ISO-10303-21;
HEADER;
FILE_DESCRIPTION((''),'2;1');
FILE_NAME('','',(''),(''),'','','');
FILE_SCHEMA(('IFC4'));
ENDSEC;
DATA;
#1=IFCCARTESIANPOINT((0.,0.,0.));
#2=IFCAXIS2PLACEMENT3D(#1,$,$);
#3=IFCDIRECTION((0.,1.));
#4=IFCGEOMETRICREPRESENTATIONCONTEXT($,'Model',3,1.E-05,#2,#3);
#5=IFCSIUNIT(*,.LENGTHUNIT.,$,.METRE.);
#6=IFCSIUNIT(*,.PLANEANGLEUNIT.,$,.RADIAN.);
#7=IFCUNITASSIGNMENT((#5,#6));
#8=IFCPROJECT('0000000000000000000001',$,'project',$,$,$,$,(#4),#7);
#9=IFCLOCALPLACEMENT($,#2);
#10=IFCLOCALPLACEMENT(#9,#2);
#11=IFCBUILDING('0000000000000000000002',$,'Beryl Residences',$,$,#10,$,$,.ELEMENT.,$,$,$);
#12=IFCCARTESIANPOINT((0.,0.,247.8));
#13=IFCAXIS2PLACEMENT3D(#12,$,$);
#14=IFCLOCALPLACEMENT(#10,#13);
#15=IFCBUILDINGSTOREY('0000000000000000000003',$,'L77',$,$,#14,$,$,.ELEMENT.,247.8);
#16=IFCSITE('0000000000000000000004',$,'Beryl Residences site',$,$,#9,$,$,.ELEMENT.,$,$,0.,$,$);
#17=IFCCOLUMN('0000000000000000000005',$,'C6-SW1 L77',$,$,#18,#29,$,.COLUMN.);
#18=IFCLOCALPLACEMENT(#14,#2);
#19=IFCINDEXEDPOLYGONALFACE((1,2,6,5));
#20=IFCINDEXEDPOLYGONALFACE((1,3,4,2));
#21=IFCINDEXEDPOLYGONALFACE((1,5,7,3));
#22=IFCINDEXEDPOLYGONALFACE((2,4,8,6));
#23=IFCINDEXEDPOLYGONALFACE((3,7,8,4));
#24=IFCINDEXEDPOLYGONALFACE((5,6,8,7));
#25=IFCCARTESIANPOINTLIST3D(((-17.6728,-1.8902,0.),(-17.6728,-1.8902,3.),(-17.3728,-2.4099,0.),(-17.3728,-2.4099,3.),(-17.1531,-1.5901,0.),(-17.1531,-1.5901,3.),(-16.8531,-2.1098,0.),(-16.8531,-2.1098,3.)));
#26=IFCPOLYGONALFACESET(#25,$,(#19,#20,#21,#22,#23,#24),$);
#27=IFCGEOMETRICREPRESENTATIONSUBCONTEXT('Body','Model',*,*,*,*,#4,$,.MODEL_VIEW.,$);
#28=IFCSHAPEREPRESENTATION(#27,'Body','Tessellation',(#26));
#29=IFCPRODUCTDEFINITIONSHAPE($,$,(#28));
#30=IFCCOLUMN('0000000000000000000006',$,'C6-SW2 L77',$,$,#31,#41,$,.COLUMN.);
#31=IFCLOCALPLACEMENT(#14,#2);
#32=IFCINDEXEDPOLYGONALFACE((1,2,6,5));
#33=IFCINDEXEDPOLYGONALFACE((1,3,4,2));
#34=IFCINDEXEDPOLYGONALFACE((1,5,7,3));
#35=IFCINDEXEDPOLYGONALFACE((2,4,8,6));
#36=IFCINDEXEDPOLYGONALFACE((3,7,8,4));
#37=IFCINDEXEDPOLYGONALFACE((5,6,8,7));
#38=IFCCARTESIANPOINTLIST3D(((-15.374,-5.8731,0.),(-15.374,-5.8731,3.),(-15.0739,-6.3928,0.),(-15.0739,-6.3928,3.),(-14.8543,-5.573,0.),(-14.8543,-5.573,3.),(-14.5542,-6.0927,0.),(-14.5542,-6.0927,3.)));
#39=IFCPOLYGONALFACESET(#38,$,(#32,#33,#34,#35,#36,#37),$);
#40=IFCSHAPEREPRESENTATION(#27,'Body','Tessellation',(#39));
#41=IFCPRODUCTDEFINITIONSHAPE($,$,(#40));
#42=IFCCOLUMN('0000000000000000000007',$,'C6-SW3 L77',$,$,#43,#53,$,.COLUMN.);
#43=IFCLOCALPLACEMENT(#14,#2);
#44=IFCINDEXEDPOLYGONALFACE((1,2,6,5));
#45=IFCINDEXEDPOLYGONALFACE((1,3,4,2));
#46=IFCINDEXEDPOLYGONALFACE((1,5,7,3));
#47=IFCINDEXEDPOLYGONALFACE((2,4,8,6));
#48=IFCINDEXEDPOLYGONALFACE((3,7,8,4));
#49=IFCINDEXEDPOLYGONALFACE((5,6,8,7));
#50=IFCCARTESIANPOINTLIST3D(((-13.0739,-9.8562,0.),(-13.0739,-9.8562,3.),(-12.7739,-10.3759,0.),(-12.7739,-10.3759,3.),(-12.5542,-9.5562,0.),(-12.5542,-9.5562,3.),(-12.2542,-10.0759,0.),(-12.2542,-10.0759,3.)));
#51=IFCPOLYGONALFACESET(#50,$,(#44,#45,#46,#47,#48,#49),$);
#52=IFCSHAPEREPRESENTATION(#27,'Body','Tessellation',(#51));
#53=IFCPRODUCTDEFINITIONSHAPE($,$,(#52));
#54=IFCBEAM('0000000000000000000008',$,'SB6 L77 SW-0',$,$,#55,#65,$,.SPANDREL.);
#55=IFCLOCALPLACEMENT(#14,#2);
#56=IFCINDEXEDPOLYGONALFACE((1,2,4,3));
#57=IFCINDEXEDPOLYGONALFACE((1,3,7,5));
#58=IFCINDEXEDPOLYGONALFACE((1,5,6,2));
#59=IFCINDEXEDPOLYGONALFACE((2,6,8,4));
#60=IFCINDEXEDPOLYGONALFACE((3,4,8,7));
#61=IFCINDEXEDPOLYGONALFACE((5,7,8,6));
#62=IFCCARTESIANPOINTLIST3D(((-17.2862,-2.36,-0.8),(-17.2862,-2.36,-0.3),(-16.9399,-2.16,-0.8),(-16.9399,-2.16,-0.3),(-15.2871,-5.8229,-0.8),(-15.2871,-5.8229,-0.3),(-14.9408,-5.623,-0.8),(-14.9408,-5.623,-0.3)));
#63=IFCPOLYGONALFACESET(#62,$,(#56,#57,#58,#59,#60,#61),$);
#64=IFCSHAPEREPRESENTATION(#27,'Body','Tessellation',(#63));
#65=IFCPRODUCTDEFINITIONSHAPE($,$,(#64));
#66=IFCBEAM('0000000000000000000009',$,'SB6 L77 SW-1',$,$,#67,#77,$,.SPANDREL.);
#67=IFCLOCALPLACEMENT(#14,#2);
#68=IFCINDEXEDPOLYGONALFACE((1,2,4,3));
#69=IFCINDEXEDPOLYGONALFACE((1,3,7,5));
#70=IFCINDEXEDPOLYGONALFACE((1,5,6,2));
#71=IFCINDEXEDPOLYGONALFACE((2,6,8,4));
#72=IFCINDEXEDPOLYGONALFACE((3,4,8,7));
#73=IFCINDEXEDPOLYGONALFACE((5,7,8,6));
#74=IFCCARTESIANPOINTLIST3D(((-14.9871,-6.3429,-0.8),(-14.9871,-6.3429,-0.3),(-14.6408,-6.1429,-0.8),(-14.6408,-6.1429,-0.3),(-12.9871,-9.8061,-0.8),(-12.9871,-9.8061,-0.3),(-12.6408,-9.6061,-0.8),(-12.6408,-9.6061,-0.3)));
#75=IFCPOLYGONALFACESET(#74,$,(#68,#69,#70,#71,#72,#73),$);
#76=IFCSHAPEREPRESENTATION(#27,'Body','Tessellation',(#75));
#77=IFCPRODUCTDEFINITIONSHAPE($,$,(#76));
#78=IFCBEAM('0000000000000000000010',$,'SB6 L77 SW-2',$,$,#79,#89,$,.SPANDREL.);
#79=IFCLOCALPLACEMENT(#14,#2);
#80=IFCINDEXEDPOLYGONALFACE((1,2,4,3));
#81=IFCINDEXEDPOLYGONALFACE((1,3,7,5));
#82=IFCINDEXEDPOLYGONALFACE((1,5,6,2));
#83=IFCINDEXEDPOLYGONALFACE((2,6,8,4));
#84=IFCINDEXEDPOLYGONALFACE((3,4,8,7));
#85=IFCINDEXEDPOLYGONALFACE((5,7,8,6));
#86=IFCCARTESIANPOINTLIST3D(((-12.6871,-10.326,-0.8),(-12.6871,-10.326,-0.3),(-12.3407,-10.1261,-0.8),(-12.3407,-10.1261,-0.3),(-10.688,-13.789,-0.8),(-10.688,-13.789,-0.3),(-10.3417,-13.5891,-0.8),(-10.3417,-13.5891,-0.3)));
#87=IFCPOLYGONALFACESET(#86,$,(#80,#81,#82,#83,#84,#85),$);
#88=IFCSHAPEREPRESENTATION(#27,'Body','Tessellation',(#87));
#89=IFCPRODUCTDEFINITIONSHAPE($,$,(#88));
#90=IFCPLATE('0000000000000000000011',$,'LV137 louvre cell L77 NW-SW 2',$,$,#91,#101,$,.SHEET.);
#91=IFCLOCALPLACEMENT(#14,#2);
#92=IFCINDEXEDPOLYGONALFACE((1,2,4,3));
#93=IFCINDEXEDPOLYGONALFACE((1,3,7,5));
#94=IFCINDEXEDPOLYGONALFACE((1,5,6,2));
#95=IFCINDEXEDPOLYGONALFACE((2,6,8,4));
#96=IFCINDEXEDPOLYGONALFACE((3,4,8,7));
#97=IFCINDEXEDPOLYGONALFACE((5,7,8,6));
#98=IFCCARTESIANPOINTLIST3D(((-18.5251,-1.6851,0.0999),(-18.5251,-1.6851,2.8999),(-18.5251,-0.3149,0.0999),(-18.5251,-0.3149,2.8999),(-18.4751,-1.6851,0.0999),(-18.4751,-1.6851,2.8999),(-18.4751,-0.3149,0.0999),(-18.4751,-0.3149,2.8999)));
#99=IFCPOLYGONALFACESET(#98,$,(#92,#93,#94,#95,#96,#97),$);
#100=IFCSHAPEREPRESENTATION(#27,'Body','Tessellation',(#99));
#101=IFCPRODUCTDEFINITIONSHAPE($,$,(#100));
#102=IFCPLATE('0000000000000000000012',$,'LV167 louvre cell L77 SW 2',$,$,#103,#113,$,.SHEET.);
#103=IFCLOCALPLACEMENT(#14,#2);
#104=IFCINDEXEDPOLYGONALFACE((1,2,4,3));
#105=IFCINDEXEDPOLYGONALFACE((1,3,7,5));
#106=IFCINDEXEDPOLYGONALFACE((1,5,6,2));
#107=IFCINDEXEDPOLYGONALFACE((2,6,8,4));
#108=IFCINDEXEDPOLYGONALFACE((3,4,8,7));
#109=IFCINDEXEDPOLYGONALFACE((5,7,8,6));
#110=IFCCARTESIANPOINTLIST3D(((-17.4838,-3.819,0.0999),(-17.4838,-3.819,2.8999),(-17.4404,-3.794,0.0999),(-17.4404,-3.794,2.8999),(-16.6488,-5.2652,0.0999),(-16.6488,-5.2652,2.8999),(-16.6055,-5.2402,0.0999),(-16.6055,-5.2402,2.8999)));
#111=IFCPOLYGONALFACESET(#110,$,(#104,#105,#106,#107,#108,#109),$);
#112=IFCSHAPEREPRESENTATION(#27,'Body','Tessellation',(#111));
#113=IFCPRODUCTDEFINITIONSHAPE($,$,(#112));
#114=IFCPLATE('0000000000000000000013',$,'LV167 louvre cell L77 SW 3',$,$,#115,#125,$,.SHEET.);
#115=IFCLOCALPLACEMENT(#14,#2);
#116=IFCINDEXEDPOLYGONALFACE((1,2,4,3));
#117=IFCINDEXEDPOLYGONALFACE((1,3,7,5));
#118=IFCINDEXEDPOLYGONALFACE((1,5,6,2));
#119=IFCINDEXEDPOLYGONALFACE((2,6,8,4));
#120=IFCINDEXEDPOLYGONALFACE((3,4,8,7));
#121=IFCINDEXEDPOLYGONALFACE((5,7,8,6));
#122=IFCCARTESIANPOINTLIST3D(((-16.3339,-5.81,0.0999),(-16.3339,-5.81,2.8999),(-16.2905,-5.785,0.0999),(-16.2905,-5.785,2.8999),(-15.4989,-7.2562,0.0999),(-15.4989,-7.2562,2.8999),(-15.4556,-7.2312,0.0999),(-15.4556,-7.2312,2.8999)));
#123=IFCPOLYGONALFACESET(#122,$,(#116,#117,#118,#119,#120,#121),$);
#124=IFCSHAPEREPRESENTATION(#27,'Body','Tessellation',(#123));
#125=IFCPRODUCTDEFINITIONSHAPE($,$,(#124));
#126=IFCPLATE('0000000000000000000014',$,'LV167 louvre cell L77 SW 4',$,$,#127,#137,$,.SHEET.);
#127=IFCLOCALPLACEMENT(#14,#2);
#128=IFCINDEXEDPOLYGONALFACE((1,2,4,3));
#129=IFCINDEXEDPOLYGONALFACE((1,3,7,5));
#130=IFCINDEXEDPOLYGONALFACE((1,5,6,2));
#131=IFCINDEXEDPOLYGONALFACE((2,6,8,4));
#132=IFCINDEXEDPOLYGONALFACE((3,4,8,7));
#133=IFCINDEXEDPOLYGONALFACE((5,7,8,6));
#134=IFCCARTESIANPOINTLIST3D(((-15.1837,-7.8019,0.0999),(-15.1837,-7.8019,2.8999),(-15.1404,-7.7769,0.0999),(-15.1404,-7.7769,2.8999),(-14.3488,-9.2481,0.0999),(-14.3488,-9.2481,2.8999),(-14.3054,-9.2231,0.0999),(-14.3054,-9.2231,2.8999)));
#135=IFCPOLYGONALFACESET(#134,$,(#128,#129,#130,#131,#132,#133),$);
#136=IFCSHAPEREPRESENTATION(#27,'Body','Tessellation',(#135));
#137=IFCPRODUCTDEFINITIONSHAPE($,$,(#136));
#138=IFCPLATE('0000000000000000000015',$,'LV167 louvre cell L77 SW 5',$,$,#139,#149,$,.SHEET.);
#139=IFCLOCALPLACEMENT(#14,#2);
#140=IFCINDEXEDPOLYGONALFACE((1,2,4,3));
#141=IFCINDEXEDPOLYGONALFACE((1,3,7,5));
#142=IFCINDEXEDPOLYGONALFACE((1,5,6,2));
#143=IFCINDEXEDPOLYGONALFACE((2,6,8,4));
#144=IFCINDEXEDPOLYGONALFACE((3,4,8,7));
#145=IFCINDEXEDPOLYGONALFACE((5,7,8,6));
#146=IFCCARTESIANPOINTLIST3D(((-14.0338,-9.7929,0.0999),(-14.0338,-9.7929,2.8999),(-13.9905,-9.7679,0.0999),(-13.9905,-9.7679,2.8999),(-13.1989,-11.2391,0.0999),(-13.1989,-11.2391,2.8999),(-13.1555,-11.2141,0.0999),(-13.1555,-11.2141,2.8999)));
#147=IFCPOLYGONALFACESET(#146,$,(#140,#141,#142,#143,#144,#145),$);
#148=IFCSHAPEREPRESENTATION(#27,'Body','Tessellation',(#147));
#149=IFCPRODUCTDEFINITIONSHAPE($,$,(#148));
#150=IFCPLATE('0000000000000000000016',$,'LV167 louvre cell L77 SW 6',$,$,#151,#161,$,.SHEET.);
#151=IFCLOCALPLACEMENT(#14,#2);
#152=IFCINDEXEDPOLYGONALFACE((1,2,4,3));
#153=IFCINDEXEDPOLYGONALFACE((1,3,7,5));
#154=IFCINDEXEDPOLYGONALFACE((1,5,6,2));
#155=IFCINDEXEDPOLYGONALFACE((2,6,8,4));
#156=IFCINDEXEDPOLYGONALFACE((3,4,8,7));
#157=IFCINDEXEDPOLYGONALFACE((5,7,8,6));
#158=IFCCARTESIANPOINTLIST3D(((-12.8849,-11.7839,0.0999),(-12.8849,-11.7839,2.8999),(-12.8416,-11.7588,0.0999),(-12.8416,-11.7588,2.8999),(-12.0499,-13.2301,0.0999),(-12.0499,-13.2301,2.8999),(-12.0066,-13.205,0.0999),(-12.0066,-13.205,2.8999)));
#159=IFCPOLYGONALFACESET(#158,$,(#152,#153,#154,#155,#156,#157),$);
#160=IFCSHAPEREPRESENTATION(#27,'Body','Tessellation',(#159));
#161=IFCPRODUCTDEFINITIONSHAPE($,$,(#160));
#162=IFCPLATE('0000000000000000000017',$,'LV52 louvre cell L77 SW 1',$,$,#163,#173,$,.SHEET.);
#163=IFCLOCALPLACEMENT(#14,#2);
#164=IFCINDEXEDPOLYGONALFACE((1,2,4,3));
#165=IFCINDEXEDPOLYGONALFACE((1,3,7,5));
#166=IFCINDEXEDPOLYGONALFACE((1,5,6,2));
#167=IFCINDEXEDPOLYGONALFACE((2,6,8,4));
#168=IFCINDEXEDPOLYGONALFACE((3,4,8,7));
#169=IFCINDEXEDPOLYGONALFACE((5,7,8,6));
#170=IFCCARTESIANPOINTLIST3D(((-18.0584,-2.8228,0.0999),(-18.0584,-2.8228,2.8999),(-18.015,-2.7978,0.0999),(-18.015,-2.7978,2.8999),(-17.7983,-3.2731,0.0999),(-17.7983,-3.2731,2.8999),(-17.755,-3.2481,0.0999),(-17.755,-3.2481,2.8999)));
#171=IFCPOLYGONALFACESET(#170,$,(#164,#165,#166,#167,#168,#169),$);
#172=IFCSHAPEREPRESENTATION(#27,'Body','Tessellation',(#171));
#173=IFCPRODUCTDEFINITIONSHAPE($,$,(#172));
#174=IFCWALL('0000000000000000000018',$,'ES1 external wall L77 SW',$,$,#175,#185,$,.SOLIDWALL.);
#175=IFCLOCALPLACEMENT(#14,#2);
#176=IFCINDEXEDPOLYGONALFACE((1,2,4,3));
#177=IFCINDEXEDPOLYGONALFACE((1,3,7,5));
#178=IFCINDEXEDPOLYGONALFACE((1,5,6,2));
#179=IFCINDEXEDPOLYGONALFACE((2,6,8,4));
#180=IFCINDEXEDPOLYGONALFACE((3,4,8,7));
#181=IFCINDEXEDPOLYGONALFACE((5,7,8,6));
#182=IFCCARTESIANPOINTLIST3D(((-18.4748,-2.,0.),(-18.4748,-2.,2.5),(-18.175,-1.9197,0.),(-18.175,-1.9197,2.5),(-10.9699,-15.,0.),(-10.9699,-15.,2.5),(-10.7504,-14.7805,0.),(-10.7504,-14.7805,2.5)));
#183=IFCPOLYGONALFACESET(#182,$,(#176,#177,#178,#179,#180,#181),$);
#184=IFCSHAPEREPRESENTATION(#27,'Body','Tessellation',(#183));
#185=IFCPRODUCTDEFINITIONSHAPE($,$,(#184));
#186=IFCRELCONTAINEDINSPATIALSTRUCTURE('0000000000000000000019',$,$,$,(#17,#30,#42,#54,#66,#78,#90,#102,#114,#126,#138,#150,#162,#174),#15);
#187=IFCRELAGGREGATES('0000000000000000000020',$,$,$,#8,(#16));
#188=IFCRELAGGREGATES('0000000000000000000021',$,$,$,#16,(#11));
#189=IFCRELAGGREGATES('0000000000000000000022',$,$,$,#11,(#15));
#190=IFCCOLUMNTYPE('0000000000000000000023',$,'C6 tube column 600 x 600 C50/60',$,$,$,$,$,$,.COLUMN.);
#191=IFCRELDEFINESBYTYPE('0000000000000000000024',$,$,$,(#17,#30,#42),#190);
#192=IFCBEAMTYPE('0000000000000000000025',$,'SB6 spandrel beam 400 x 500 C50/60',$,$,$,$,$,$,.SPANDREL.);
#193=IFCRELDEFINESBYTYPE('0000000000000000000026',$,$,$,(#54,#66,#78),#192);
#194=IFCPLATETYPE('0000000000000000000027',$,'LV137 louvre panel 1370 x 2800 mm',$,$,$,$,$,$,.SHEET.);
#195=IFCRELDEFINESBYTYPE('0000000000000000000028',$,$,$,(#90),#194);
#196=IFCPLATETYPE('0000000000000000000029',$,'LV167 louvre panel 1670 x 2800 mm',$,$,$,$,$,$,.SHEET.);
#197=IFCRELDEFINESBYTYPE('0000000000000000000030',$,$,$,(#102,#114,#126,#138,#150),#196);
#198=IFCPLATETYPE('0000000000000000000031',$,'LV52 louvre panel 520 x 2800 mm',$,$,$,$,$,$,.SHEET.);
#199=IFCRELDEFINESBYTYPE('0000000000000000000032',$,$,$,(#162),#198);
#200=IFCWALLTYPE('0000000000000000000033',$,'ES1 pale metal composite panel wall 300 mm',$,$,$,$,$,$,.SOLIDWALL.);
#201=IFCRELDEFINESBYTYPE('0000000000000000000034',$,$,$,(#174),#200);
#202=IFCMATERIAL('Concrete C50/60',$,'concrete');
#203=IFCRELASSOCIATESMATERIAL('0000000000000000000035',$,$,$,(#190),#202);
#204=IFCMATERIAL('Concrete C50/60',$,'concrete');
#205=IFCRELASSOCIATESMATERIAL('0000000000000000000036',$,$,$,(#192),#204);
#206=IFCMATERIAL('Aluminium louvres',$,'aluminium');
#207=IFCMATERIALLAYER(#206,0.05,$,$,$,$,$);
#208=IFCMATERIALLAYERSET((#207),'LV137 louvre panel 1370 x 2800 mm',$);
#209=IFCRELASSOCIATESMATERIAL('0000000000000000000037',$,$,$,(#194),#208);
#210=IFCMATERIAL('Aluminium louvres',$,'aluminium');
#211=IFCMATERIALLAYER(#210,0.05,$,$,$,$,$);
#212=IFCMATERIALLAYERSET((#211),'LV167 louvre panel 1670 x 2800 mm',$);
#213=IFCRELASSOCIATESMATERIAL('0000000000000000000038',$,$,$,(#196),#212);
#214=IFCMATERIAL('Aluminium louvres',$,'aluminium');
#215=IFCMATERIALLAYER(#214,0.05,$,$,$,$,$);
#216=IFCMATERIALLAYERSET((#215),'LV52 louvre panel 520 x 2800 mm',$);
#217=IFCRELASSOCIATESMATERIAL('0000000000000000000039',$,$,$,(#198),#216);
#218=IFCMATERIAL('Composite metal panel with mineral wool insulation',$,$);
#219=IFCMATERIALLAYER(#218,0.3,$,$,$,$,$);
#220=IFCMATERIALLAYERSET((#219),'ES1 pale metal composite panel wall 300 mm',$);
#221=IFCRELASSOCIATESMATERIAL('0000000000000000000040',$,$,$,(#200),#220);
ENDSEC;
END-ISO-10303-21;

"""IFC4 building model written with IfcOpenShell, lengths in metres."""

from ifc_helpers import new_model, si_unit, direction, frame, origin, origin_2d, place, context, subcontext, project, spatial, polyline, rectangle, outline, extrude, source, transform, mapped, material, layer, layer_set, material_profile, profile_set, type_object, type_shapes, element, save


model = new_model("IFC4")

# Units and contexts
model_context = context("Model", 3, precision=1e-05, world=origin(), true_north=direction((0.0, 1.0)))
body_context = subcontext(model_context, "Body", "Model", "MODEL_VIEW")
ifc_project = project(units=[si_unit("LENGTHUNIT", "METRE"), si_unit("PLANEANGLEUNIT", "RADIAN")], contexts=[model_context])

# Site, building, storey
site_placement = place(None, origin())
site = spatial("IfcSite", under=ifc_project, at=site_placement, Name="Beryl Residences site", CompositionType="ELEMENT", RefElevation=0.0)
building_placement = place(site_placement, origin())
building = spatial("IfcBuilding", under=site, at=building_placement, Name="Beryl Residences", CompositionType="ELEMENT")
storey_placement = place(building_placement, frame((0.0, 0.0, 247.8)))
storey = spatial("IfcBuildingStorey", under=building, at=storey_placement, Name="L77", CompositionType="ELEMENT", Elevation=247.8)

# Columns
ifc_material_1 = material(Name="Concrete C50/60", Category="concrete")
ifc_material_profile_1 = material_profile(ifc_material_1, rectangle(XDim=0.6001, YDim=0.6001, at=origin_2d()))
ifc_profile_set_1 = profile_set([ifc_material_profile_1], Name="Concrete C50/60")
column_type = type_object("IfcColumnType", Name="C6 tube column 600 x 600 C50/60", PredefinedType="COLUMN", material=ifc_profile_set_1)
for number, where, z_axis, x_axis, name in (
    (1, (-17.2629, -2.0, 0.0), (0.0, 0.0, 1.0), (0.5, -0.866025, 0.0), "C6-SW1 L77"),
    (2, (-14.9641, -5.9829, 0.0), (0.0, 0.0, 1.0), (0.5, -0.866025, 0.0), "C6-SW2 L77"),
    (3, (-12.6641, -9.9661, 0.0), (0.0, 0.0, 1.0), (0.5, -0.866025, 0.0), "C6-SW3 L77"),
):
    element("IfcColumn", number, at=place(storey_placement, frame(where, z_axis=z_axis, x_axis=x_axis)), inside=storey, type_object=column_type, Name=name, PredefinedType="COLUMN", context=body_context, shape_type="SweptSolid", body=[
        extrude(rectangle(XDim=0.6001, YDim=0.6001, at=origin_2d()), origin(), (0.0, 0.0, 1.0), 3.0),
    ])

# Beams
ifc_material_2 = material(Name="Concrete C50/60", Category="concrete")
ifc_material_profile_2 = material_profile(ifc_material_2, rectangle(XDim=0.3999, YDim=0.5, at=origin_2d()))
ifc_profile_set_2 = profile_set([ifc_material_profile_2], Name="Concrete C50/60")
beam_type = type_object("IfcBeamType", Name="SB6 spandrel beam 400 x 500 C50/60", PredefinedType="SPANDREL", material=ifc_profile_set_2)
beam_1_placement = place(storey_placement, frame((-17.113, -2.26, -0.55), z_axis=(0.499948, -0.866055, 0.0), x_axis=(0.866055, 0.499948, 0.0)))
element("IfcBeam", 4, at=beam_1_placement, inside=storey, type_object=beam_type, Name="SB6 L77 SW-0", PredefinedType="SPANDREL", context=body_context, shape_type="SweptSolid", body=[
    extrude(rectangle(XDim=0.3999, YDim=0.5, at=origin_2d()), origin(), (0.0, 0.0, 1.0), 3.9985),
])
beam_2_placement = place(storey_placement, frame((-14.814, -6.2429, -0.55), z_axis=(0.500105, -0.865965, 0.0), x_axis=(0.865965, 0.500105, 0.0)))
element("IfcBeam", 5, at=beam_2_placement, inside=storey, type_object=beam_type, Name="SB6 L77 SW-1", PredefinedType="SPANDREL", context=body_context, shape_type="SweptSolid", body=[
    extrude(rectangle(XDim=0.3999, YDim=0.5, at=origin_2d()), origin(), (0.0, 0.0, 1.0), 3.9993),
])
beam_3_placement = place(storey_placement, frame((-12.5139, -10.2261, -0.55), z_axis=(0.499948, -0.866055, 0.0), x_axis=(0.866055, 0.499948, 0.0)))
element("IfcBeam", 6, at=beam_3_placement, inside=storey, type_object=beam_type, Name="SB6 L77 SW-2", PredefinedType="SPANDREL", context=body_context, shape_type="SweptSolid", body=[
    extrude(rectangle(XDim=0.3999, YDim=0.5, at=origin_2d()), origin(), (0.0, 0.0, 1.0), 3.9985),
])

# Plates
ifc_material_3 = material(Name="Aluminium louvres", Category="aluminium")
ifc_layer_1 = layer(ifc_material_3, 0.05)
ifc_layer_set_1 = layer_set([ifc_layer_1], Name="LV137 louvre panel 1370 x 2800 mm")
plate_type_1 = type_object("IfcPlateType", Name="LV137 louvre panel 1370 x 2800 mm", PredefinedType="SHEET", material=ifc_layer_set_1)
shared_shape_1 = source(origin(), body_context, "Body", "SweptSolid", [
    extrude(outline(polyline([(-0.6851, 0.0), (0.6851, 0.0), (0.6851, 0.05), (-0.6851, 0.05), (-0.6851, 0.0)])), origin(), (0.0, 0.0, 1.0), 2.8),
])
type_shapes(plate_type_1, [shared_shape_1])
plate_1_placement = place(storey_placement, frame((-18.4751, -1.0, 0.0999), z_axis=(0.0, 0.0, 1.0), x_axis=(0.0, 1.0, 0.0)))
element("IfcPlate", 7, at=plate_1_placement, inside=storey, type_object=plate_type_1, Name="LV137 louvre cell L77 NW-SW 2", PredefinedType="SHEET", context=body_context, shape_type="MappedRepresentation", body=[
    mapped(shared_shape_1, transform((0.0, 0.0, 0.0))),
])
ifc_material_4 = material(Name="Aluminium louvres", Category="aluminium")
ifc_layer_2 = layer(ifc_material_4, 0.05)
ifc_layer_set_2 = layer_set([ifc_layer_2], Name="LV167 louvre panel 1670 x 2800 mm")
plate_type_2 = type_object("IfcPlateType", Name="LV167 louvre panel 1670 x 2800 mm", PredefinedType="SHEET", material=ifc_layer_set_2)
shared_shape_2 = source(origin(), body_context, "Body", "SweptSolid", [
    extrude(outline(polyline([(-0.835, 0.0), (0.835, 0.0), (0.835, 0.05), (-0.835, 0.05), (-0.835, 0.0)])), origin(), (0.0, 0.0, 1.0), 2.8),
])
type_shapes(plate_type_2, [shared_shape_2])
for number, where, z_axis, x_axis, name in (
    (8, (-17.0229, -4.5171, 0.0999), (0.0, 0.0, 1.0), (-0.5, 0.866025, 0.0), "LV167 louvre cell L77 SW 2"),
    (9, (-15.873, -6.5081, 0.0999), (0.0, 0.0, 1.0), (-0.5, 0.866025, 0.0), "LV167 louvre cell L77 SW 3"),
    (10, (-14.7229, -8.5, 0.0999), (0.0, 0.0, 1.0), (-0.5, 0.866025, 0.0), "LV167 louvre cell L77 SW 4"),
    (11, (-13.573, -10.491, 0.0999), (0.0, 0.0, 1.0), (-0.5, 0.866025, 0.0), "LV167 louvre cell L77 SW 5"),
    (12, (-12.4241, -12.4819, 0.0999), (0.0, 0.0, 1.0), (-0.5, 0.866025, 0.0), "LV167 louvre cell L77 SW 6"),
):
    element("IfcPlate", number, at=place(storey_placement, frame(where, z_axis=z_axis, x_axis=x_axis)), inside=storey, type_object=plate_type_2, Name=name, PredefinedType="SHEET", context=body_context, shape_type="MappedRepresentation", body=[
        mapped(shared_shape_2, transform((0.0, 0.0, 0.0))),
    ])
ifc_material_5 = material(Name="Aluminium louvres", Category="aluminium")
ifc_layer_3 = layer(ifc_material_5, 0.05)
ifc_layer_set_3 = layer_set([ifc_layer_3], Name="LV52 louvre panel 520 x 2800 mm")
plate_type_3 = type_object("IfcPlateType", Name="LV52 louvre panel 520 x 2800 mm", PredefinedType="SHEET", material=ifc_layer_set_3)
shared_shape_3 = source(origin(), body_context, "Body", "SweptSolid", [
    extrude(outline(polyline([(-0.26, 0.0), (0.26, 0.0), (0.26, 0.05), (-0.26, 0.05), (-0.26, 0.0)])), origin(), (0.0, 0.0, 1.0), 2.8),
])
type_shapes(plate_type_3, [shared_shape_3])
plate_2_placement = place(storey_placement, frame((-17.885, -3.0229, 0.0999), z_axis=(0.0, 0.0, 1.0), x_axis=(-0.5, 0.866025, 0.0)))
element("IfcPlate", 13, at=plate_2_placement, inside=storey, type_object=plate_type_3, Name="LV52 louvre cell L77 SW 1", PredefinedType="SHEET", context=body_context, shape_type="MappedRepresentation", body=[
    mapped(shared_shape_3, transform((0.0, 0.0, 0.0))),
])

# Wall
ifc_material_6 = material(Name="Composite metal panel with mineral wool insulation")
ifc_layer_4 = layer(ifc_material_6, 0.3)
ifc_layer_set_4 = layer_set([ifc_layer_4], Name="ES1 pale metal composite panel wall 300 mm")
wall_type = type_object("IfcWallType", Name="ES1 pale metal composite panel wall 300 mm", PredefinedType="SOLIDWALL", material=ifc_layer_set_4)
wall_placement = place(storey_placement, frame((-18.345, -1.925, 0.0), z_axis=(0.0, 0.0, 1.0), x_axis=(0.499966, -0.866045, 0.0)))
element("IfcWall", 14, at=wall_placement, inside=storey, type_object=wall_type, Name="ES1 external wall L77 SW", PredefinedType="SOLIDWALL", context=body_context, shape_type="SweptSolid", body=[
    extrude(outline(polyline([(0.0, -0.1499), (15.0107, -0.1499), (14.9304, 0.1499), (0.0803, 0.1499), (0.0, -0.1499)])), origin(), (0.0, 0.0, 1.0), 2.5),
])

save(model, "model.ifc")
